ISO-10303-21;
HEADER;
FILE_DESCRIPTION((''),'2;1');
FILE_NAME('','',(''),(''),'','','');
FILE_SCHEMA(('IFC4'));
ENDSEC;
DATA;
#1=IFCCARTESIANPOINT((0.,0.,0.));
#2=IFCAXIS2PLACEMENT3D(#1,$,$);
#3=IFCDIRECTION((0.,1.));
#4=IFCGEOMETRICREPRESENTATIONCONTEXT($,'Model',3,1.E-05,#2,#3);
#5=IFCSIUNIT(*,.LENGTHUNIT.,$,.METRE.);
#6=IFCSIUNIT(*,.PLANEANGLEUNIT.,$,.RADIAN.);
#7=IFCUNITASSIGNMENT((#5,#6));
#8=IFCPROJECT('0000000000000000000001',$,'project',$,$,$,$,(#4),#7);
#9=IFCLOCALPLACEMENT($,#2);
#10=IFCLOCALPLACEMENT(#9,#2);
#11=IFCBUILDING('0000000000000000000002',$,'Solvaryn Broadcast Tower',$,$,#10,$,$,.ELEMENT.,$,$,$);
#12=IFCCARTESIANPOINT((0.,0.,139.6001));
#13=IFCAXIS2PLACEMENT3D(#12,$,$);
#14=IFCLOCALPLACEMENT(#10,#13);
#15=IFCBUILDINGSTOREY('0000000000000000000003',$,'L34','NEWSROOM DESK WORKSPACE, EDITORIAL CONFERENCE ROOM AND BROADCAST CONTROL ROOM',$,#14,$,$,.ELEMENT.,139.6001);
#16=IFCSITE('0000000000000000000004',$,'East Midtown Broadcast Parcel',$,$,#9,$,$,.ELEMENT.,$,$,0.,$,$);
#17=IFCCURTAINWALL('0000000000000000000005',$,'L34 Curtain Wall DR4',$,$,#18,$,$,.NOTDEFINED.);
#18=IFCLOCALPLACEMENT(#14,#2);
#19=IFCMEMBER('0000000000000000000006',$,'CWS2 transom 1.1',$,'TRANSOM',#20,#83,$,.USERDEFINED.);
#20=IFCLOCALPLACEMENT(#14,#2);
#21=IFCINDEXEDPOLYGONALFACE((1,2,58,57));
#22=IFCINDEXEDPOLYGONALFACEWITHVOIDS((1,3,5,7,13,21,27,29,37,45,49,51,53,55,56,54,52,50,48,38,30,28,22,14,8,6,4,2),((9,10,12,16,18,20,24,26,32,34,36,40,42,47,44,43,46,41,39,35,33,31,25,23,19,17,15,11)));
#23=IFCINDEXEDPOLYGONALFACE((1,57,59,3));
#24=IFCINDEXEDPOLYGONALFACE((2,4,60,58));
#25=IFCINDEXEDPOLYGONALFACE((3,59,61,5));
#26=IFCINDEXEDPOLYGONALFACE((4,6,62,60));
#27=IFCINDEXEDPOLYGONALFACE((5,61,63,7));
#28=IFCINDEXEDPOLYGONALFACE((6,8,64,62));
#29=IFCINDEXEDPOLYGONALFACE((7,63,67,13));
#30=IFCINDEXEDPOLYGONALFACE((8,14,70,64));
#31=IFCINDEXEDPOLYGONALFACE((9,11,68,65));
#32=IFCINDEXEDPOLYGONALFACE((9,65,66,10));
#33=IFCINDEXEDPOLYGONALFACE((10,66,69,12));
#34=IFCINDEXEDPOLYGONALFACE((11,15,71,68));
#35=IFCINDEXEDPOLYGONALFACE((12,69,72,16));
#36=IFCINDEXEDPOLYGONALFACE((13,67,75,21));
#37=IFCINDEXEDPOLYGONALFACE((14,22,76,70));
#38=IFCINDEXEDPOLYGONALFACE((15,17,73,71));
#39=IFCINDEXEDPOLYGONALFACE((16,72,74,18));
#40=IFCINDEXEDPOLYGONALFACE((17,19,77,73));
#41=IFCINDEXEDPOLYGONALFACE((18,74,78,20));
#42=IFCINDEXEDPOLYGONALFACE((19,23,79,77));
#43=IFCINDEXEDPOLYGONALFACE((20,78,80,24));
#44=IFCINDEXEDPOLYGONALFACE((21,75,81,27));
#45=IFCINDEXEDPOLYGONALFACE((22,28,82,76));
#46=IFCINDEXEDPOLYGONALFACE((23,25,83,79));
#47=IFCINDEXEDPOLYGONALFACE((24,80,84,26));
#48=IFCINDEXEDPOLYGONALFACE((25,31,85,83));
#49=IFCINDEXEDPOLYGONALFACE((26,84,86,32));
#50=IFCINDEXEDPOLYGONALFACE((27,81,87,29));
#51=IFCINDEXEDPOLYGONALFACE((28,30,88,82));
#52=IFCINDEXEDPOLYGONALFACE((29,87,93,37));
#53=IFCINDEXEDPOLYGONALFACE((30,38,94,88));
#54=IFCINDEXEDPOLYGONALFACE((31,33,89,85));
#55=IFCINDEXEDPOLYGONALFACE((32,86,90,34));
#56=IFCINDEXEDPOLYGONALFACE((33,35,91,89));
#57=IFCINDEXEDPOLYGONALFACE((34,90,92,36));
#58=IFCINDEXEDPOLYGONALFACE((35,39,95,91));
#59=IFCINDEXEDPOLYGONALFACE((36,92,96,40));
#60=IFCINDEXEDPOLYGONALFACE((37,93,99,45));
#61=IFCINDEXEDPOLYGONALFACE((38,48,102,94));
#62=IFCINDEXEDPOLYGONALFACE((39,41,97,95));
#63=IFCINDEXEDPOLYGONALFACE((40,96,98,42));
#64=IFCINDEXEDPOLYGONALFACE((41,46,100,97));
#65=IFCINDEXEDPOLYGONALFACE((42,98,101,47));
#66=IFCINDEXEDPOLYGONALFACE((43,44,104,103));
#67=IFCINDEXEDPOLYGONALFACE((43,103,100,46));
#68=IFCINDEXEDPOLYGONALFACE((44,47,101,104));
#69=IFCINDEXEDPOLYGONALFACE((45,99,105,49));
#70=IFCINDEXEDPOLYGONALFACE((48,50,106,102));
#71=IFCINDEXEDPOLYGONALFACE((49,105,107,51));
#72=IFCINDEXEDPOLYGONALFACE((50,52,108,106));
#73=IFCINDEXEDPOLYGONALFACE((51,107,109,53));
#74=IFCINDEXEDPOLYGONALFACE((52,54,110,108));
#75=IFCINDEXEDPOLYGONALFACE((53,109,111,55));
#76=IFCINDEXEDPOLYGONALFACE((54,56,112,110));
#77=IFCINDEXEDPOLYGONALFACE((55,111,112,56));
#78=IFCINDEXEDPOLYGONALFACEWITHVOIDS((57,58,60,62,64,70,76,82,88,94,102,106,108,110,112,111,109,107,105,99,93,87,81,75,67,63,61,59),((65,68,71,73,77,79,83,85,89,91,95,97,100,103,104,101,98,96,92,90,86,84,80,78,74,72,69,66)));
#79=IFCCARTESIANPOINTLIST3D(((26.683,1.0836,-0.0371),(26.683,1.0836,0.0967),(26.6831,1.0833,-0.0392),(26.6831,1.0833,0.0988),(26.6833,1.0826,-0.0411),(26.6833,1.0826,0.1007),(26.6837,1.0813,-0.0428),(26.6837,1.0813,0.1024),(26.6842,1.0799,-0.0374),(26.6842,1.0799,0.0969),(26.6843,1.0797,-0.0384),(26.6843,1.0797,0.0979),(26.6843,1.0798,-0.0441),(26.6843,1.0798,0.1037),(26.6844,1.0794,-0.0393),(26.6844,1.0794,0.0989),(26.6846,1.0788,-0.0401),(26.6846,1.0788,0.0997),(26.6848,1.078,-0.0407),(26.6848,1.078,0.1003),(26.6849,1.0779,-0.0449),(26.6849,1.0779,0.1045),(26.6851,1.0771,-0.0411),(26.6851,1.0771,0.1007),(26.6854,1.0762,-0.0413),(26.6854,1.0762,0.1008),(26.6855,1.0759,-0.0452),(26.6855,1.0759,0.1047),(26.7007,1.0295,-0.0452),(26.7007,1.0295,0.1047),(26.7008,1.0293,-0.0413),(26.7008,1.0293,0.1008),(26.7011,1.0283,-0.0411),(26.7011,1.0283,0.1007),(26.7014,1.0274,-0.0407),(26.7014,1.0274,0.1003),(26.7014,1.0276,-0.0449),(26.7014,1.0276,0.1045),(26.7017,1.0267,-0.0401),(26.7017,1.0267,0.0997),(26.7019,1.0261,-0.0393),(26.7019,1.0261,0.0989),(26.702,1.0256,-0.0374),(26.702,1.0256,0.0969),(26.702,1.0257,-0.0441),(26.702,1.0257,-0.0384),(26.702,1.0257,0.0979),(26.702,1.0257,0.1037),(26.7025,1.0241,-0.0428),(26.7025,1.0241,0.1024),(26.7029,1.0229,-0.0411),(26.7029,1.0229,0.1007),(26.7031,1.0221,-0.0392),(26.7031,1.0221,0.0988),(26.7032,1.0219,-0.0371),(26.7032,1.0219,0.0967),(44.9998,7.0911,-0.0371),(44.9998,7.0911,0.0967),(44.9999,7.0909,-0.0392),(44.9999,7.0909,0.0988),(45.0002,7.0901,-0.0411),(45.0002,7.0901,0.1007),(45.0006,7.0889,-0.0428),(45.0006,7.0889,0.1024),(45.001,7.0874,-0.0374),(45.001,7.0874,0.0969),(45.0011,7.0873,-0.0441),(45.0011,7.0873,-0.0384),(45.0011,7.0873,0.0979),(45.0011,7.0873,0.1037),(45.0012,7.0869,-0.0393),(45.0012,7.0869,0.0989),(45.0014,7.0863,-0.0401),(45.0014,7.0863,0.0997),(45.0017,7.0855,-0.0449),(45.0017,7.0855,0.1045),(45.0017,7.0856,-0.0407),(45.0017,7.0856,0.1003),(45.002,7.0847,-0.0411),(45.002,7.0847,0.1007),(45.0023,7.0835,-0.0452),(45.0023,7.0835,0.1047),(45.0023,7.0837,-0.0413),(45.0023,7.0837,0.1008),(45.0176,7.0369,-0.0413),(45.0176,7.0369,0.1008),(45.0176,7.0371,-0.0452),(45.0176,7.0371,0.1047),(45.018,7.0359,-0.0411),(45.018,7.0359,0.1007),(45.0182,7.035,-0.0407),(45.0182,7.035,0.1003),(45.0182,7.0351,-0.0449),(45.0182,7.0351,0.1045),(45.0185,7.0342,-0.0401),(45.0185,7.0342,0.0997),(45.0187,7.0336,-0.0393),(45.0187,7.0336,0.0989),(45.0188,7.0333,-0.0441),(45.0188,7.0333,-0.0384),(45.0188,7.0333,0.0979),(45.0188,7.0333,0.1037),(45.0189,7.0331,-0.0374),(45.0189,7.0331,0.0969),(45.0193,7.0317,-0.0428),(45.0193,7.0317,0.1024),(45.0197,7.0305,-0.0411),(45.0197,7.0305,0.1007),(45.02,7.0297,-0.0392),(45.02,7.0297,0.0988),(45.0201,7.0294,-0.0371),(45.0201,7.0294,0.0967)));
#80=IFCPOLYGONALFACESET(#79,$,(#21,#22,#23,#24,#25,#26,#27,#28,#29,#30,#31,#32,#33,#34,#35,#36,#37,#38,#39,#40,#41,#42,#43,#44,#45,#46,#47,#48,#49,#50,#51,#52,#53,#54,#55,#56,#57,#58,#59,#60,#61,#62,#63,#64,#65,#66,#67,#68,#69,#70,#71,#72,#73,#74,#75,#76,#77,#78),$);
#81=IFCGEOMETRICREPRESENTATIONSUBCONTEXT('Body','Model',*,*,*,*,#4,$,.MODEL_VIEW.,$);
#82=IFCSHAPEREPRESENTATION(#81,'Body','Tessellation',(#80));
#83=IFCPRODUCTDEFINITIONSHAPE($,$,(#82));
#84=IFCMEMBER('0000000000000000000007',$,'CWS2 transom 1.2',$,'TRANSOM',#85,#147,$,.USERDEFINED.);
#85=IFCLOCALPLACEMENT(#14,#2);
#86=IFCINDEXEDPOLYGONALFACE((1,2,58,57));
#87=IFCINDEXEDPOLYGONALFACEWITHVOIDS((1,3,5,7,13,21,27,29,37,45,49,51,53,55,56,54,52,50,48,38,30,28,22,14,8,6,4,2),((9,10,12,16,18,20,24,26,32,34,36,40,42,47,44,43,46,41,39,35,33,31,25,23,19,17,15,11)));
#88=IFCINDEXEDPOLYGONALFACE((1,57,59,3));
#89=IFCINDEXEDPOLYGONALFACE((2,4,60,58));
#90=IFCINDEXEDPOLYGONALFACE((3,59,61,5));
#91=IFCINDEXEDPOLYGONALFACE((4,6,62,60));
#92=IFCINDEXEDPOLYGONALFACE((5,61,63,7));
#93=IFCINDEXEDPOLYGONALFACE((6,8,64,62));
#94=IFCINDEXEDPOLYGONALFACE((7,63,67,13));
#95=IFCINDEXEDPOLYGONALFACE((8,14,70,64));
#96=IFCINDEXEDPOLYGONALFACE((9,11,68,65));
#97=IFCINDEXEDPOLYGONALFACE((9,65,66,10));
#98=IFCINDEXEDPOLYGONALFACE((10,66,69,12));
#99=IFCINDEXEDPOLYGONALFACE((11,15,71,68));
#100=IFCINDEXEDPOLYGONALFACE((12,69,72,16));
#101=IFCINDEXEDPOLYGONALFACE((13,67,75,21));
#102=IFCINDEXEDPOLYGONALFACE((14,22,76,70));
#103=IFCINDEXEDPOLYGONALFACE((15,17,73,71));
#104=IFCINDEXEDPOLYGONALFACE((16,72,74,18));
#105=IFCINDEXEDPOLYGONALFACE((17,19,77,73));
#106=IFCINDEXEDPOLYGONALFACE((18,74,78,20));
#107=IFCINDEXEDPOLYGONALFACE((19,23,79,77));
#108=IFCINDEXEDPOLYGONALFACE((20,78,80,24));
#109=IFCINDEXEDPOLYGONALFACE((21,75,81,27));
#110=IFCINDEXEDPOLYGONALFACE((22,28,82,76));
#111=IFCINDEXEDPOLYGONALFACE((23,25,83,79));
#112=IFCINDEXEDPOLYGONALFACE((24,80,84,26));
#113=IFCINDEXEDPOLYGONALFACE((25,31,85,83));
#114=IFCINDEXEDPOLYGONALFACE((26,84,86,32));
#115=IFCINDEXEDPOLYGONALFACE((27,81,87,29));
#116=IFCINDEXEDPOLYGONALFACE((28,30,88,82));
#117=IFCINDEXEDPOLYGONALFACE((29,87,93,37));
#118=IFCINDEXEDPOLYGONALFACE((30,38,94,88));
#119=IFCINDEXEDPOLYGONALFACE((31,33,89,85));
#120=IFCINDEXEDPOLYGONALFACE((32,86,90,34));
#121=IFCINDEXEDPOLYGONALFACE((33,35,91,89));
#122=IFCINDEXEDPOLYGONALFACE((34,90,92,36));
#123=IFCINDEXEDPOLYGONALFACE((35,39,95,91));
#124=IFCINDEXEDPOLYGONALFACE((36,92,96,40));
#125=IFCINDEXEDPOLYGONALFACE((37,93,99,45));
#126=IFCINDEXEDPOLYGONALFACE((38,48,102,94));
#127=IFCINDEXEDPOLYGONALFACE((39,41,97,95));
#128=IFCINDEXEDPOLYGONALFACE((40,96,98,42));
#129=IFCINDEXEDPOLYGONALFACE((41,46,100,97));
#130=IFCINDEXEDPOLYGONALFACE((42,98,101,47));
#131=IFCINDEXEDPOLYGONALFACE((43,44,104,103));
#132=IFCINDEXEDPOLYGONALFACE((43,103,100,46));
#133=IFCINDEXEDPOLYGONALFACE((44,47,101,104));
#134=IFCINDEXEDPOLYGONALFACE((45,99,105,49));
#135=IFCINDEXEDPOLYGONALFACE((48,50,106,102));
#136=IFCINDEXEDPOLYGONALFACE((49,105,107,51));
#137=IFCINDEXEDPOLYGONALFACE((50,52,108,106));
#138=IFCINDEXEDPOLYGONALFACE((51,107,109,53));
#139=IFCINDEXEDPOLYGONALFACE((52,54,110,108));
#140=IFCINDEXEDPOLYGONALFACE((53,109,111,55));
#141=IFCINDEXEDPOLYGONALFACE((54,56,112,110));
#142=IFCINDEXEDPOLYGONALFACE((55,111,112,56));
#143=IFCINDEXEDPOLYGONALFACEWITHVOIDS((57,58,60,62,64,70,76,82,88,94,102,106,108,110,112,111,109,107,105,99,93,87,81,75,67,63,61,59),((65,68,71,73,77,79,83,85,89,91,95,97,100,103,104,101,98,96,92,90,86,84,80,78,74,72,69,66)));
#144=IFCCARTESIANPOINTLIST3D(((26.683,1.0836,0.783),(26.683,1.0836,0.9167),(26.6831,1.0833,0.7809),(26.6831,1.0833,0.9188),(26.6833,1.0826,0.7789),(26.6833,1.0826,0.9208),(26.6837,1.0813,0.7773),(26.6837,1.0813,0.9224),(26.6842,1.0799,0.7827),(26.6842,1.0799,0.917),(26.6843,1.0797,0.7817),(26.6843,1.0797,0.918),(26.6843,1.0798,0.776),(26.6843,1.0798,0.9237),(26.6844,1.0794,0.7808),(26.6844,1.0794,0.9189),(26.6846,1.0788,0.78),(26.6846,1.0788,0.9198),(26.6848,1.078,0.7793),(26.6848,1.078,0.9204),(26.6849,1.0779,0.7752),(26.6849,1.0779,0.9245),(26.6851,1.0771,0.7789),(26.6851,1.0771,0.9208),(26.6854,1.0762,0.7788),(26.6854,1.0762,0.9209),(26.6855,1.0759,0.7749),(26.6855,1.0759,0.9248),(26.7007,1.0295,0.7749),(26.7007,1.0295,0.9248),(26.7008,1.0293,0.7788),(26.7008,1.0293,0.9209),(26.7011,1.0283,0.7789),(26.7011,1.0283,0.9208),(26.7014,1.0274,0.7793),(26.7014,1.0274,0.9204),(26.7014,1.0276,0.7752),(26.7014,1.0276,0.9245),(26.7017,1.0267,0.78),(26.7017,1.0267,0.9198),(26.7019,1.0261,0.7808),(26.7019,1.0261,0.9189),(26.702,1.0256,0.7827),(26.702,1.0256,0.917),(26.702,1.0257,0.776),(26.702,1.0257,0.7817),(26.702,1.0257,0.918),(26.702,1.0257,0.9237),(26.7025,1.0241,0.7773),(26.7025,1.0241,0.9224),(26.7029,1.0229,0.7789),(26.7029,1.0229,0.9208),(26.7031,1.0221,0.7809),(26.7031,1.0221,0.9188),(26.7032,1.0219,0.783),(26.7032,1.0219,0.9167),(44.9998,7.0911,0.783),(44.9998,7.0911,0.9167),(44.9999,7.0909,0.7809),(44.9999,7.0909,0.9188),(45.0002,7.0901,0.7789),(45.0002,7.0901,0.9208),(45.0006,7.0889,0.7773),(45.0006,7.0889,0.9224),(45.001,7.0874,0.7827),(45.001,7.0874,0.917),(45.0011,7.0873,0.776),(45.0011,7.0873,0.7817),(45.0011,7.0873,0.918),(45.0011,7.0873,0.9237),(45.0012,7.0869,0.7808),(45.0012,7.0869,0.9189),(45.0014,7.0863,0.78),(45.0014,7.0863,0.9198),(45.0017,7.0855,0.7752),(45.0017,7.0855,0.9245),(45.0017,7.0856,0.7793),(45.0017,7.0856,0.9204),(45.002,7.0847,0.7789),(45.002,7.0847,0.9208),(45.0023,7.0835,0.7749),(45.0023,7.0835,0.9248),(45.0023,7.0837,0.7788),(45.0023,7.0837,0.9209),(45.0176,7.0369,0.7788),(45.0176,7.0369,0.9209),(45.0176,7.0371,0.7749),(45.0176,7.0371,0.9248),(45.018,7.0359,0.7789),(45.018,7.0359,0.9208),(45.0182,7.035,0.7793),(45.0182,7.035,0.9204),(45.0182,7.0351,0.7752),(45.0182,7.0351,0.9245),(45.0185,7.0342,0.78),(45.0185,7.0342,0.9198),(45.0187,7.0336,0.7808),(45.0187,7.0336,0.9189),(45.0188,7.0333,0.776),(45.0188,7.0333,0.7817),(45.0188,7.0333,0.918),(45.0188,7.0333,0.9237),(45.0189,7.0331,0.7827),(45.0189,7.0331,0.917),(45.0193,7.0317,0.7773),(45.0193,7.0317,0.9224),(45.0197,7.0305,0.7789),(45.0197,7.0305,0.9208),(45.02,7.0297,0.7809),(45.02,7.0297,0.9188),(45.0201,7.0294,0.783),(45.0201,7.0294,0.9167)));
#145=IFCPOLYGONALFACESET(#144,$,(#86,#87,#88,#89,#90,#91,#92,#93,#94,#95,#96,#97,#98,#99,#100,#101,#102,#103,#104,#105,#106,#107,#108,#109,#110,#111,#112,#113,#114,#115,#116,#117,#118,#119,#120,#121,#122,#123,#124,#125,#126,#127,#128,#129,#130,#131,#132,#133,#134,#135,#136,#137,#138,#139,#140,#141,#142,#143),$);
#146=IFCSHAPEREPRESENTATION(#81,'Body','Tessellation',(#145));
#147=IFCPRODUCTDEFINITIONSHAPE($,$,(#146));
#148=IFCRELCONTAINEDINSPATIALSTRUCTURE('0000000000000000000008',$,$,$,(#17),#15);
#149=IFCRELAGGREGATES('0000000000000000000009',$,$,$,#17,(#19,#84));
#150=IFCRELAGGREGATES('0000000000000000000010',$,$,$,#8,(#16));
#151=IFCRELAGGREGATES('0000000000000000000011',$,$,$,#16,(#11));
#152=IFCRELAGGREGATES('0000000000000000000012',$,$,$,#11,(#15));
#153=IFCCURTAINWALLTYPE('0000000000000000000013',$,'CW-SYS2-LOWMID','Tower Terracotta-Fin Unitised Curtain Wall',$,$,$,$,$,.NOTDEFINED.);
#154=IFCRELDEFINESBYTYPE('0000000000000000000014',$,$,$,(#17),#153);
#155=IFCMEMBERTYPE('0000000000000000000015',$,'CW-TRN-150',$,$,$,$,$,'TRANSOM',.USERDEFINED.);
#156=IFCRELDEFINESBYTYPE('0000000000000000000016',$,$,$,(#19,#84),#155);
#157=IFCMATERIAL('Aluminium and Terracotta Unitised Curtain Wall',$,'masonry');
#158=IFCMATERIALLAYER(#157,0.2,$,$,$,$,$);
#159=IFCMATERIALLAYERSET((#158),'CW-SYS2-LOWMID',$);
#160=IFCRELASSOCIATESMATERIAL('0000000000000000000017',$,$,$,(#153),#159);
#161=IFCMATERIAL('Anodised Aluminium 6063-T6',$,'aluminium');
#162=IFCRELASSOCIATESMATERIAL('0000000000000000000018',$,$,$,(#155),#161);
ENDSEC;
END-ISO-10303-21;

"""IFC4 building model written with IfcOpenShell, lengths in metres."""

from ifc_helpers import new_model, si_unit, direction, frame, origin, origin_2d, place, context, subcontext, project, spatial, hollow_rectangle, extrude, material, layer, layer_set, material_profile, profile_set, type_object, element, aggregate, save


model = new_model("IFC4")

# Units and contexts
model_context = context("Model", 3, precision=1e-05, world=origin(), true_north=direction((0.0, 1.0)))
body_context = subcontext(model_context, "Body", "Model", "MODEL_VIEW")
ifc_project = project(units=[si_unit("LENGTHUNIT", "METRE"), si_unit("PLANEANGLEUNIT", "RADIAN")], contexts=[model_context])

# Site, building, storey
site_placement = place(None, origin())
site = spatial("IfcSite", under=ifc_project, at=site_placement, Name="East Midtown Broadcast Parcel", CompositionType="ELEMENT", RefElevation=0.0)
building_placement = place(site_placement, origin())
building = spatial("IfcBuilding", under=site, at=building_placement, Name="Solvaryn Broadcast Tower", CompositionType="ELEMENT")
storey_placement = place(building_placement, frame((0.0, 0.0, 139.6001)))
storey = spatial("IfcBuildingStorey", under=building, at=storey_placement, Name="L34", Description="NEWSROOM DESK WORKSPACE, EDITORIAL CONFERENCE ROOM AND BROADCAST CONTROL ROOM", CompositionType="ELEMENT", Elevation=139.6001)

# Shared definitions
ifc_material_1 = material(Name="Aluminium and Terracotta Unitised Curtain Wall", Category="masonry")
ifc_layer_1 = layer(ifc_material_1, 0.2)
ifc_layer_set_1 = layer_set([ifc_layer_1], Name="CW-SYS2-LOWMID")
curtain_wall_type = type_object("IfcCurtainWallType", Name="CW-SYS2-LOWMID", Description="Tower Terracotta-Fin Unitised Curtain Wall", PredefinedType="NOTDEFINED", material=ifc_layer_set_1)

# Curtain wall, members
curtain_wall_1_placement = place(storey_placement, origin())
curtain_wall_1 = element("IfcCurtainWall", 1, at=curtain_wall_1_placement, inside=storey, type_object=curtain_wall_type, Name="L34 Curtain Wall DR4", PredefinedType="NOTDEFINED")
ifc_material_2 = material(Name="Anodised Aluminium 6063-T6", Category="aluminium")
ifc_material_profile_1 = material_profile(ifc_material_2, hollow_rectangle(XDim=0.0649, YDim=0.1499, WallThickness=0.0039, InnerFilletRadius=0.0039, OuterFilletRadius=0.0081, at=origin_2d()))
ifc_profile_set_1 = profile_set([ifc_material_profile_1], Name="Anodised Aluminium 6063-T6")
member_type_1 = type_object("IfcMemberType", Name="CW-TRN-150", ElementType="TRANSOM", PredefinedType="USERDEFINED", material=ifc_profile_set_1)
member_1_placement = place(storey_placement, frame((26.6931, 1.0527, 0.0298), z_axis=(0.950198, 0.311646, 0.0), x_axis=(-0.311646, 0.950198, 0.0)))
member_1 = element("IfcMember", 2, at=member_1_placement, type_object=member_type_1, Name="CWS2 transom 1.1", ObjectType="TRANSOM", PredefinedType="USERDEFINED", context=body_context, shape_type="SweptSolid", body=[
    extrude(hollow_rectangle(XDim=0.0649, YDim=0.1499, WallThickness=0.0039, InnerFilletRadius=0.0039, OuterFilletRadius=0.0081, at=origin_2d()), origin(), (0.0, 0.0, 1.0), 19.2769),
])
member_2_placement = place(storey_placement, frame((26.6931, 1.0527, 0.8499), z_axis=(0.950198, 0.311646, 0.0), x_axis=(-0.311646, 0.950198, 0.0)))
member_2 = element("IfcMember", 3, at=member_2_placement, type_object=member_type_1, Name="CWS2 transom 1.2", ObjectType="TRANSOM", PredefinedType="USERDEFINED", context=body_context, shape_type="SweptSolid", body=[
    extrude(hollow_rectangle(XDim=0.0649, YDim=0.1499, WallThickness=0.0039, InnerFilletRadius=0.0039, OuterFilletRadius=0.0081, at=origin_2d()), origin(), (0.0, 0.0, 1.0), 19.2769),
])
aggregate(curtain_wall_1, [member_1, member_2])

save(model, "model.ifc")
